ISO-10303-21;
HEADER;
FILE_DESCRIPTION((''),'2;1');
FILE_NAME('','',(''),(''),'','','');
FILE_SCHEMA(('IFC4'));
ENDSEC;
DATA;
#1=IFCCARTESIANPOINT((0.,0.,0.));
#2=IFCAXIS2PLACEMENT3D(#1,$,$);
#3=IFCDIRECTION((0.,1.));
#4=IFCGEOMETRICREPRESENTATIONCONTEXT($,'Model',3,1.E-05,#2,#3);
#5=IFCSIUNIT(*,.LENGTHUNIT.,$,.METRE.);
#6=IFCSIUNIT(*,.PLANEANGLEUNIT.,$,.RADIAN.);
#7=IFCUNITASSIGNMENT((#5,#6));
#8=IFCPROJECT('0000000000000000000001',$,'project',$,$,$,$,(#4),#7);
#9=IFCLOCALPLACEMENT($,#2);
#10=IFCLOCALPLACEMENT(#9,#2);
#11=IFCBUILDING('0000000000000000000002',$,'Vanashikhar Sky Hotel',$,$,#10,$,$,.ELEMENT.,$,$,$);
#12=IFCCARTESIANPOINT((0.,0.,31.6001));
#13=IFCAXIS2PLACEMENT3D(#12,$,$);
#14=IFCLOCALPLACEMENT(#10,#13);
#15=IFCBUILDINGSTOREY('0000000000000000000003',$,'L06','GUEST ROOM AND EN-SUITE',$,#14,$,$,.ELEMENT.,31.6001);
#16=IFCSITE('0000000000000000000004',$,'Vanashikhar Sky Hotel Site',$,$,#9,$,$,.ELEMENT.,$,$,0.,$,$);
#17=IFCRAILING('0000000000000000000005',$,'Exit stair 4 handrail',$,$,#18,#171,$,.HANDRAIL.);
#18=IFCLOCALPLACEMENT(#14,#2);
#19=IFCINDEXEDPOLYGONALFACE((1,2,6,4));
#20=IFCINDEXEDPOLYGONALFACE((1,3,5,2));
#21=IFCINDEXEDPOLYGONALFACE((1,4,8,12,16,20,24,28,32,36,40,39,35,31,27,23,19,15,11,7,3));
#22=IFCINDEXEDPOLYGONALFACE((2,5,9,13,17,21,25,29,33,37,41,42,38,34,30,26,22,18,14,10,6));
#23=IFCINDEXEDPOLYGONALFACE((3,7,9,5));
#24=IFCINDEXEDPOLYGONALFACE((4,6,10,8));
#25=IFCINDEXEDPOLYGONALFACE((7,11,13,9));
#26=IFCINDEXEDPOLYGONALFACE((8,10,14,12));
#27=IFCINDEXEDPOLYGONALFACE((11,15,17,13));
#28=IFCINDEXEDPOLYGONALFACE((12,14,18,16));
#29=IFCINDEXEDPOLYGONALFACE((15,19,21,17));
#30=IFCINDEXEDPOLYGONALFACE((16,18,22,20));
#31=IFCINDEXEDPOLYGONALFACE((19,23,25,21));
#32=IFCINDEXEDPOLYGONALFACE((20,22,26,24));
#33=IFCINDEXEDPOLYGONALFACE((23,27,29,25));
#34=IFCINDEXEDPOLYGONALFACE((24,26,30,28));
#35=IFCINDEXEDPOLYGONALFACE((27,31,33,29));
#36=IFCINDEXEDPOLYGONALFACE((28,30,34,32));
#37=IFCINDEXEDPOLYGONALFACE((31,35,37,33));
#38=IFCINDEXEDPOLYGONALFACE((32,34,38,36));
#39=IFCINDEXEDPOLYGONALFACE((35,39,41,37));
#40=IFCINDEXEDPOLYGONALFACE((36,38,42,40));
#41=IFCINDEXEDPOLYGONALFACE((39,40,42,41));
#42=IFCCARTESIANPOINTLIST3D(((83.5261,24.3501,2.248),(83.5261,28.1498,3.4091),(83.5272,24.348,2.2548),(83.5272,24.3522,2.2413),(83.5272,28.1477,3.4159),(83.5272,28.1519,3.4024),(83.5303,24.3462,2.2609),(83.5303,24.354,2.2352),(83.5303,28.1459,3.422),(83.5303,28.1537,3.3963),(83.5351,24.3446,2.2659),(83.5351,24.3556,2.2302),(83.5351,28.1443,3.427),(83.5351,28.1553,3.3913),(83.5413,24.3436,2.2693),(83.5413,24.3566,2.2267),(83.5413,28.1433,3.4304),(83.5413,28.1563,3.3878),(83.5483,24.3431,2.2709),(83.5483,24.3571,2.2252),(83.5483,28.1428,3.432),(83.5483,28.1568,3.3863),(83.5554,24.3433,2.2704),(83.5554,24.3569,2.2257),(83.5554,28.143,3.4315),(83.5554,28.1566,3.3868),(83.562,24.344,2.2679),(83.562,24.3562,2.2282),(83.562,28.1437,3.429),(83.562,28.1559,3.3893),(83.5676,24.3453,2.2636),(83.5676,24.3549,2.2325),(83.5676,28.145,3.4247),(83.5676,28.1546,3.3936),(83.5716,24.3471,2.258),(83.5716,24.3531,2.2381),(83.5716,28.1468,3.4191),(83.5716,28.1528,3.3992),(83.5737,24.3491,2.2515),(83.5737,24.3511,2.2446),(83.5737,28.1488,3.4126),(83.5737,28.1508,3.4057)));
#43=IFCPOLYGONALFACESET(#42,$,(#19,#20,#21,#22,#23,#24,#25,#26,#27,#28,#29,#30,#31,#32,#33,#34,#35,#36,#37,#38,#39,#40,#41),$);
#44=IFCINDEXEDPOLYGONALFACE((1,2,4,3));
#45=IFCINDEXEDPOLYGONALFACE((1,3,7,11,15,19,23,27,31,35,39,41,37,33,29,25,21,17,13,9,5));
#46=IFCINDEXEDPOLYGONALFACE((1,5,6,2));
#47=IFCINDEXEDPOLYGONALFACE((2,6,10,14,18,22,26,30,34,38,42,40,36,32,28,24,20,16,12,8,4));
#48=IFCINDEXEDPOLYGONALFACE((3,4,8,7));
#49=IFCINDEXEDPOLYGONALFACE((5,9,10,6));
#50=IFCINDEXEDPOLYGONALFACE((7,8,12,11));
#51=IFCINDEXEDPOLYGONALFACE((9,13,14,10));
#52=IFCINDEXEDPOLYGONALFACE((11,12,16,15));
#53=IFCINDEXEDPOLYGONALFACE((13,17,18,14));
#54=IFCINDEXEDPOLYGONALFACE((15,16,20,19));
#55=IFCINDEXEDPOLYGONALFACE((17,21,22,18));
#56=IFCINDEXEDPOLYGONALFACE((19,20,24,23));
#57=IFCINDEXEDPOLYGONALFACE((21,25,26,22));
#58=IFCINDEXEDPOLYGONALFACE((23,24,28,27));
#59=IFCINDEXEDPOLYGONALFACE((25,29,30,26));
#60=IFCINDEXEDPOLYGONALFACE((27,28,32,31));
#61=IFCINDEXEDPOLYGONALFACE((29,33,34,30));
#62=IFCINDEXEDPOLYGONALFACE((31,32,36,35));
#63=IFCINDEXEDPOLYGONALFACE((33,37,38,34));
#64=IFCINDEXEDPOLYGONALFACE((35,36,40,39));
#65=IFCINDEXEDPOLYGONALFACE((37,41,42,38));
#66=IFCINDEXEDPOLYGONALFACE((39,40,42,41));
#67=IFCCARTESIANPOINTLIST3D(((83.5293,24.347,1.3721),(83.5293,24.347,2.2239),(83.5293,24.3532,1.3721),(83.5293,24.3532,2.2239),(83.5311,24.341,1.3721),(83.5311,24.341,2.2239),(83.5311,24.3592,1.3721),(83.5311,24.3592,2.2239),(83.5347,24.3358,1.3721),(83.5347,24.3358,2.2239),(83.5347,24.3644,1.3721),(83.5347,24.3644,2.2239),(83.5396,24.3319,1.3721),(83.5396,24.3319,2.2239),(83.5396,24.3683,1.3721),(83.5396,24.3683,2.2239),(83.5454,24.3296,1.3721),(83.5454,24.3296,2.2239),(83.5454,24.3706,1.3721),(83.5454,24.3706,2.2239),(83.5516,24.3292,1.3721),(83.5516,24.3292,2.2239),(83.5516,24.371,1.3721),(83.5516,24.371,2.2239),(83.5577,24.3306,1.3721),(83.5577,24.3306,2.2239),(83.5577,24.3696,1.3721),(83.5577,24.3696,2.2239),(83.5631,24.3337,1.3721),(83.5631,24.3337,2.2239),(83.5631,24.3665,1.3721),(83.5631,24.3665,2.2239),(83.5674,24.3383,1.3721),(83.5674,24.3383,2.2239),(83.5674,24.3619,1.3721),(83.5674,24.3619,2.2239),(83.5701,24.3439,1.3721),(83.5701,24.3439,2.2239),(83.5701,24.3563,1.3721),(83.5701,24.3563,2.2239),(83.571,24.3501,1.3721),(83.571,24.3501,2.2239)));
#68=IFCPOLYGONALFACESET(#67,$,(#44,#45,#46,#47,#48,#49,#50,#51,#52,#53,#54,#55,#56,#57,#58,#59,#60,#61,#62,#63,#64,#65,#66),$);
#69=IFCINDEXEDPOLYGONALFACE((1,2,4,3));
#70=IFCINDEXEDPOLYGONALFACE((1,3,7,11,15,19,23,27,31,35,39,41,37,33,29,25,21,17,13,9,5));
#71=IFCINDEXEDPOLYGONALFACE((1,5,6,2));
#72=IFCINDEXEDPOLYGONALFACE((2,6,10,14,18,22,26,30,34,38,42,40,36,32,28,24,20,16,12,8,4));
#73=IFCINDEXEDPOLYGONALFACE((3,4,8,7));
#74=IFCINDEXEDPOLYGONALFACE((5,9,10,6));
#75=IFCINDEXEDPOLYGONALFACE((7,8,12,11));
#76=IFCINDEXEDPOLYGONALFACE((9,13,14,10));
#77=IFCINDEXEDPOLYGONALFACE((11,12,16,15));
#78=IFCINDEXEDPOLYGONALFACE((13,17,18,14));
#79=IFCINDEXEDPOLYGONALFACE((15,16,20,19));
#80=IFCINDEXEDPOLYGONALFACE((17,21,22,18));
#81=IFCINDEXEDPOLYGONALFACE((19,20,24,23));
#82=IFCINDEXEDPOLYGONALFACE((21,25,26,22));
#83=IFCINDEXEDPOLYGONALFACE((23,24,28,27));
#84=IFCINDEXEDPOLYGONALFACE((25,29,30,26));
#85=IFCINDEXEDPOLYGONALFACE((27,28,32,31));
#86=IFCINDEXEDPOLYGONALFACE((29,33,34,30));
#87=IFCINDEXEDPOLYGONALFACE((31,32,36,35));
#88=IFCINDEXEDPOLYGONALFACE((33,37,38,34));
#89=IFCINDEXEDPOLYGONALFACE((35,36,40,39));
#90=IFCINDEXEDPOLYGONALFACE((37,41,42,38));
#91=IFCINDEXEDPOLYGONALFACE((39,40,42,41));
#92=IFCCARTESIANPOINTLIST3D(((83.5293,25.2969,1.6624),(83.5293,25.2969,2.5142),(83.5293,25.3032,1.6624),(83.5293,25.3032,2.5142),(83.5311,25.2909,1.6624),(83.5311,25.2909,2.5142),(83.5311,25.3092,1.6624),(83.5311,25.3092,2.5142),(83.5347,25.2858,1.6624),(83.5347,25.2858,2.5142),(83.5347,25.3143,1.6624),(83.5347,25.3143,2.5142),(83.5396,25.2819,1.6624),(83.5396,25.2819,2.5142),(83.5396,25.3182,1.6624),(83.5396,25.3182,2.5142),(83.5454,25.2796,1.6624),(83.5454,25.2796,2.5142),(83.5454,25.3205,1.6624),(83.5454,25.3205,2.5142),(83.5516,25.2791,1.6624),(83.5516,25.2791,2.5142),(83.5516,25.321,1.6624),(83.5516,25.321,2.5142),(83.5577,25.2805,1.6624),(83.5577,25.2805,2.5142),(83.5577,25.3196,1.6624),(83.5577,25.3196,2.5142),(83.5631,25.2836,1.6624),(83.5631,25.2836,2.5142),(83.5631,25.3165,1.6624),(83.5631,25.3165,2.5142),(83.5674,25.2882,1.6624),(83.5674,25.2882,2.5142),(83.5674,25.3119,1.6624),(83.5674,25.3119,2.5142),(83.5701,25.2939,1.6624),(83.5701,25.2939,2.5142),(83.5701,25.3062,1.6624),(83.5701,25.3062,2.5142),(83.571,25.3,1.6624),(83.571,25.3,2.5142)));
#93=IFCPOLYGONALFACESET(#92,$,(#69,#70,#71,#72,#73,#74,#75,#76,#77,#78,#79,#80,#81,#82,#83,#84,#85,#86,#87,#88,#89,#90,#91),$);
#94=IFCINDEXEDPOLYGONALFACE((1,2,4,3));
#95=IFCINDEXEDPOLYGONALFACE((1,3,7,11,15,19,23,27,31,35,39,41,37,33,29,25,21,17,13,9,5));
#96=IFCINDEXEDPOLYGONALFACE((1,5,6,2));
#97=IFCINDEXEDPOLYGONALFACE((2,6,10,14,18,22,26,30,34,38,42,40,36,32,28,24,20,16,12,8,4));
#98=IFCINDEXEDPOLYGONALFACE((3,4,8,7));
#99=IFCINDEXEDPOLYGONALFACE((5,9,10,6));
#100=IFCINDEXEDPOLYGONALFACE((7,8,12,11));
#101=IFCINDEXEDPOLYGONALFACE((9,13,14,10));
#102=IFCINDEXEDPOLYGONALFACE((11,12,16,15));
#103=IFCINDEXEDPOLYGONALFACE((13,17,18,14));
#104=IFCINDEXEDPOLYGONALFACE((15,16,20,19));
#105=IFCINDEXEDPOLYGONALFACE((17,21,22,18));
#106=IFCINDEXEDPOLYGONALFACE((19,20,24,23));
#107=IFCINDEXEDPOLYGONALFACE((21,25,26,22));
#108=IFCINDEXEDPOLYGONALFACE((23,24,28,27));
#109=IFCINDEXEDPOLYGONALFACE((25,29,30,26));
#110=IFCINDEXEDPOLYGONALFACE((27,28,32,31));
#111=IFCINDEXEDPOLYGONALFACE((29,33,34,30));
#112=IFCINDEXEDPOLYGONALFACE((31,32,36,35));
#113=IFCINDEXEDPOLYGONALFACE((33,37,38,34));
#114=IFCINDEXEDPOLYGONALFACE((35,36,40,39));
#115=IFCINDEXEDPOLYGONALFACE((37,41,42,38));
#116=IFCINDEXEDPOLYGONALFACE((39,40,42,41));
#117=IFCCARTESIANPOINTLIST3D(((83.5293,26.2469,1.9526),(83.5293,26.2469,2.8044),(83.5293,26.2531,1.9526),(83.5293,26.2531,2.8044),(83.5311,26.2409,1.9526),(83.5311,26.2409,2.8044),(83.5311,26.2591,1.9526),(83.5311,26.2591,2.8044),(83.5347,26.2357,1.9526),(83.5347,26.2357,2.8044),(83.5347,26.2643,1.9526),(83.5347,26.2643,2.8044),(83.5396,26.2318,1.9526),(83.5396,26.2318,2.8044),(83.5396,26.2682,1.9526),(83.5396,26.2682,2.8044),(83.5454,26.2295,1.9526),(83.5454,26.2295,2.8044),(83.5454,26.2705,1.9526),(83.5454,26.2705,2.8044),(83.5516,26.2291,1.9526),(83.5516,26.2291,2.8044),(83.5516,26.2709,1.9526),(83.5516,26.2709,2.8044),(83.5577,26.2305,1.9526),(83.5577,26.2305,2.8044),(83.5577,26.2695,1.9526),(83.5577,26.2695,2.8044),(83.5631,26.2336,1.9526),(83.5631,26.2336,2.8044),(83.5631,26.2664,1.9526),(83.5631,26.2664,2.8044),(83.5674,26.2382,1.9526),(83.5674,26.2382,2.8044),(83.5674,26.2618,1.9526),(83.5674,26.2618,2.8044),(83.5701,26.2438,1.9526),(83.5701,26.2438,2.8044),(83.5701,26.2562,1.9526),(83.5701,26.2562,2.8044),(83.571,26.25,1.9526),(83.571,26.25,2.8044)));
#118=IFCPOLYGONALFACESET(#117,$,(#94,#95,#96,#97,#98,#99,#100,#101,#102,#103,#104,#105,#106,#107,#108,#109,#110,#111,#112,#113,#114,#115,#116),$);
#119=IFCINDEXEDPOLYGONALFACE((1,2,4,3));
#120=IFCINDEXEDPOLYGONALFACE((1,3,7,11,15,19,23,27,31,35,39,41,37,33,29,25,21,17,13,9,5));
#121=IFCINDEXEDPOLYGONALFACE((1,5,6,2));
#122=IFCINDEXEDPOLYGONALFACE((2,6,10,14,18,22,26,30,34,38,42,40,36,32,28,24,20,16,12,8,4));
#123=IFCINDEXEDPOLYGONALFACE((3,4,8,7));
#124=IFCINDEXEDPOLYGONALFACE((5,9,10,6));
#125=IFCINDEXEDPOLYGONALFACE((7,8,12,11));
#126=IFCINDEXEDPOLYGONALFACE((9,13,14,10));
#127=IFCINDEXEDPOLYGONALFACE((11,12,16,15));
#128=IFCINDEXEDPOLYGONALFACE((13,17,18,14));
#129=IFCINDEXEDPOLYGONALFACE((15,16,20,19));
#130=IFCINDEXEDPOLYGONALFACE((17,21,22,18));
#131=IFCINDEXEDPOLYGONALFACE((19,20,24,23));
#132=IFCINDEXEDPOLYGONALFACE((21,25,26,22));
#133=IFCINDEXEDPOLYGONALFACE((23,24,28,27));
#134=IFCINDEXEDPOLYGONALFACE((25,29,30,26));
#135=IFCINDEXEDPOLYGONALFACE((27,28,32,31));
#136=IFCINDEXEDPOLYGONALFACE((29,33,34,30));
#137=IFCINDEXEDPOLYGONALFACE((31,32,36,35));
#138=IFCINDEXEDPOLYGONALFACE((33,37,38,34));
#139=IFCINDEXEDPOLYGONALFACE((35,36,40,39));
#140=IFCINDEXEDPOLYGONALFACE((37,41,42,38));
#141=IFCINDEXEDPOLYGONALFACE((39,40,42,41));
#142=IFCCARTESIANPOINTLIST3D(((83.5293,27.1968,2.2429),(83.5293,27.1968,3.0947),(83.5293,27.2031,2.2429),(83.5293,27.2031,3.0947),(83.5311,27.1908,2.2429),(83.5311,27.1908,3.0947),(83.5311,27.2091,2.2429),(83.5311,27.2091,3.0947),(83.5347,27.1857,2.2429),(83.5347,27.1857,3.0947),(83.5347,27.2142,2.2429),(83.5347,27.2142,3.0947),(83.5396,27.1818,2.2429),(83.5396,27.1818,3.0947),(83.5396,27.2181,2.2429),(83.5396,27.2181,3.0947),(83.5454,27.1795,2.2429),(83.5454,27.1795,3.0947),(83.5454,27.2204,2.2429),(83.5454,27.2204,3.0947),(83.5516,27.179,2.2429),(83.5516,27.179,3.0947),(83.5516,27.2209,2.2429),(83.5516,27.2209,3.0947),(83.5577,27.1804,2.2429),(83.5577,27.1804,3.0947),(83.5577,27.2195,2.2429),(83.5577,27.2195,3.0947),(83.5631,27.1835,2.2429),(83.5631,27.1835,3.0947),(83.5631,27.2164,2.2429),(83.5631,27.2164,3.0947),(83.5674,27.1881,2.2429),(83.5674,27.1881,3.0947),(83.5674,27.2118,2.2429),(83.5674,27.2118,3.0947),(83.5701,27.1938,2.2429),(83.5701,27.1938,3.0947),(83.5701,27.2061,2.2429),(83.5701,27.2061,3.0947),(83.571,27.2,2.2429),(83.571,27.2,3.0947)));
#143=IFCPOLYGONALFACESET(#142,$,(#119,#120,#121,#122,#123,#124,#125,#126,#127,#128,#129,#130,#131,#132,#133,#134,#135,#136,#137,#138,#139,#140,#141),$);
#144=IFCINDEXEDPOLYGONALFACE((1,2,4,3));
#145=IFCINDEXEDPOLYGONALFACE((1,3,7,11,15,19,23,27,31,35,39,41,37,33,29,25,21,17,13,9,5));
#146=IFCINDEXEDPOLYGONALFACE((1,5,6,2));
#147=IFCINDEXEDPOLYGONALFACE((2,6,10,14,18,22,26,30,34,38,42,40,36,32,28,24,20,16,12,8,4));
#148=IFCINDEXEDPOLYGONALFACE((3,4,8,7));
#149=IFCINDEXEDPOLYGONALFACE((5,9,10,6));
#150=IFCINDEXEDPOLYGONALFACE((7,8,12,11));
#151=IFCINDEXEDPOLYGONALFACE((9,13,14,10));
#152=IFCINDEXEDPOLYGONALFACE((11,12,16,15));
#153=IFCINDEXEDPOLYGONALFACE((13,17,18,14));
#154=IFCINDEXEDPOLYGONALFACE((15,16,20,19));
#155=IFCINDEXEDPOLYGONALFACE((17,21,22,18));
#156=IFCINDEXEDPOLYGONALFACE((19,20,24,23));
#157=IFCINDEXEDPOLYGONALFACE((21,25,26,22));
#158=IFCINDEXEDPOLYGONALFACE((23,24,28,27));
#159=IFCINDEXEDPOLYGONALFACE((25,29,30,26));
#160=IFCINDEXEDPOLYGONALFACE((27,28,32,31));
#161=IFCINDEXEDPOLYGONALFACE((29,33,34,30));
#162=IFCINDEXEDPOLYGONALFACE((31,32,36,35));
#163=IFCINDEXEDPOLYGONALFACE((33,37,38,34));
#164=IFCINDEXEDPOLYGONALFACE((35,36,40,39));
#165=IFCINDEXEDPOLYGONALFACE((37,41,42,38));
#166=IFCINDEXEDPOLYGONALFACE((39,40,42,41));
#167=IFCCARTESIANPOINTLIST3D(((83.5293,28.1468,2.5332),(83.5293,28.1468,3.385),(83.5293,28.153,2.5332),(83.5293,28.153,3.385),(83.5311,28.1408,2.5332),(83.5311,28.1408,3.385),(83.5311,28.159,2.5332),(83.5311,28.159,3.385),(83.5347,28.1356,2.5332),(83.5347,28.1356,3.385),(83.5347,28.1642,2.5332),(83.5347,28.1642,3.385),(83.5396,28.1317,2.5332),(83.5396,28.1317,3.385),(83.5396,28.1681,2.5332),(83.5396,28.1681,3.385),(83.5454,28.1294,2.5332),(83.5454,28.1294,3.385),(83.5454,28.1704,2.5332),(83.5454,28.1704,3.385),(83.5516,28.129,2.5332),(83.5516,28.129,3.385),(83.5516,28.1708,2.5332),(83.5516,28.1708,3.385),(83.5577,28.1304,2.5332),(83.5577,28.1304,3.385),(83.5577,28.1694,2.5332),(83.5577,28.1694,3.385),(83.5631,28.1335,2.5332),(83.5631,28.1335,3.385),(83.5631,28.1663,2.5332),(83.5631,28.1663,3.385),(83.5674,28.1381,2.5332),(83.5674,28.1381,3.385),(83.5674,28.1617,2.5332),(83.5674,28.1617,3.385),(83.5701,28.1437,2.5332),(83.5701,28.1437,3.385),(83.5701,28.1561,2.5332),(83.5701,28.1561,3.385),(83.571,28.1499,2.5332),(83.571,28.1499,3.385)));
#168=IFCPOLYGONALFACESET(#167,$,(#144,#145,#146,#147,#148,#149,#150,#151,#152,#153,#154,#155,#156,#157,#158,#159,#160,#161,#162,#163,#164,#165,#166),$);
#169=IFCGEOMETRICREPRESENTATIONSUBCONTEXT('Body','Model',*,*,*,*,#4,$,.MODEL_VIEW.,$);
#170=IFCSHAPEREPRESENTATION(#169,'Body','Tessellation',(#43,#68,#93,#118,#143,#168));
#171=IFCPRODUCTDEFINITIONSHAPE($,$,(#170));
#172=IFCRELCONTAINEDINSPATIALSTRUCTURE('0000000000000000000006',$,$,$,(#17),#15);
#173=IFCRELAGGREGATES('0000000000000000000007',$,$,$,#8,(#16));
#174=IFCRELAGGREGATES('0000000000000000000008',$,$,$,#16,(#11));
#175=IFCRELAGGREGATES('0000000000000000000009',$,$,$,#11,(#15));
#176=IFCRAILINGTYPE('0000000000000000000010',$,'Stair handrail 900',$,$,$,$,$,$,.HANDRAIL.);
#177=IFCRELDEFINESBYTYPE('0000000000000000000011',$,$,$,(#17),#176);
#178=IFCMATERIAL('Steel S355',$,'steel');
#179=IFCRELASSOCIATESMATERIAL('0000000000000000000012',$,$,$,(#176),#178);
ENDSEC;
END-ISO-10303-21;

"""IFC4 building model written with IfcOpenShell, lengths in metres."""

from ifc_helpers import new_model, si_unit, direction, frame, origin, origin_2d, place, context, subcontext, project, spatial, circle, extrude, source, transform, mapped, material, type_object, element, save


model = new_model("IFC4")

# Units and contexts
model_context = context("Model", 3, precision=1e-05, world=origin(), true_north=direction((0.0, 1.0)))
body_context = subcontext(model_context, "Body", "Model", "MODEL_VIEW")
ifc_project = project(units=[si_unit("LENGTHUNIT", "METRE"), si_unit("PLANEANGLEUNIT", "RADIAN")], contexts=[model_context])

# Site, building, storey
site_placement = place(None, origin())
site = spatial("IfcSite", under=ifc_project, at=site_placement, Name="Vanashikhar Sky Hotel Site", CompositionType="ELEMENT", RefElevation=0.0)
building_placement = place(site_placement, origin())
building = spatial("IfcBuilding", under=site, at=building_placement, Name="Vanashikhar Sky Hotel", CompositionType="ELEMENT")
storey_placement = place(building_placement, frame((0.0, 0.0, 31.6001)))
storey = spatial("IfcBuildingStorey", under=building, at=storey_placement, Name="L06", Description="GUEST ROOM AND EN-SUITE", CompositionType="ELEMENT", Elevation=31.6001)

# Railing
ifc_material_1 = material(Name="Steel S355", Category="steel")
railing_type_1 = type_object("IfcRailingType", Name="Stair handrail 900", PredefinedType="HANDRAIL", material=ifc_material_1)
shared_shape_1 = source(origin(), body_context, "Body", "SweptSolid", [
    extrude(circle(Radius=0.0239, at=origin_2d()), frame((0.0, 0.0, 0.876), z_axis=(0.0, 0.956346, 0.292237), x_axis=(-1.0, 0.0, 0.0)), (0.0, 0.0, 1.0), 3.9731),
    extrude(circle(Radius=0.021, at=origin_2d()), origin(), (0.0, 0.0, 1.0), 0.8518),
    extrude(circle(Radius=0.021, at=origin_2d()), frame((0.0, 0.95, 0.2903)), (0.0, 0.0, 1.0), 0.8518),
    extrude(circle(Radius=0.021, at=origin_2d()), frame((0.0, 1.8999, 0.5806)), (0.0, 0.0, 1.0), 0.8518),
    extrude(circle(Radius=0.021, at=origin_2d()), frame((0.0, 2.8499, 0.8708)), (0.0, 0.0, 1.0), 0.8518),
    extrude(circle(Radius=0.021, at=origin_2d()), frame((0.0, 3.7998, 1.1611)), (0.0, 0.0, 1.0), 0.8518),
])
railing_1_placement = place(storey_placement, frame((83.55, 24.3501, 1.3721)))
element("IfcRailing", 1, at=railing_1_placement, inside=storey, type_object=railing_type_1, Name="Exit stair 4 handrail", PredefinedType="HANDRAIL", context=body_context, shape_type="MappedRepresentation", body=[
    mapped(shared_shape_1, transform((0.0, 0.0, 0.0), scale=1.0)),
])

save(model, "model.ifc")
